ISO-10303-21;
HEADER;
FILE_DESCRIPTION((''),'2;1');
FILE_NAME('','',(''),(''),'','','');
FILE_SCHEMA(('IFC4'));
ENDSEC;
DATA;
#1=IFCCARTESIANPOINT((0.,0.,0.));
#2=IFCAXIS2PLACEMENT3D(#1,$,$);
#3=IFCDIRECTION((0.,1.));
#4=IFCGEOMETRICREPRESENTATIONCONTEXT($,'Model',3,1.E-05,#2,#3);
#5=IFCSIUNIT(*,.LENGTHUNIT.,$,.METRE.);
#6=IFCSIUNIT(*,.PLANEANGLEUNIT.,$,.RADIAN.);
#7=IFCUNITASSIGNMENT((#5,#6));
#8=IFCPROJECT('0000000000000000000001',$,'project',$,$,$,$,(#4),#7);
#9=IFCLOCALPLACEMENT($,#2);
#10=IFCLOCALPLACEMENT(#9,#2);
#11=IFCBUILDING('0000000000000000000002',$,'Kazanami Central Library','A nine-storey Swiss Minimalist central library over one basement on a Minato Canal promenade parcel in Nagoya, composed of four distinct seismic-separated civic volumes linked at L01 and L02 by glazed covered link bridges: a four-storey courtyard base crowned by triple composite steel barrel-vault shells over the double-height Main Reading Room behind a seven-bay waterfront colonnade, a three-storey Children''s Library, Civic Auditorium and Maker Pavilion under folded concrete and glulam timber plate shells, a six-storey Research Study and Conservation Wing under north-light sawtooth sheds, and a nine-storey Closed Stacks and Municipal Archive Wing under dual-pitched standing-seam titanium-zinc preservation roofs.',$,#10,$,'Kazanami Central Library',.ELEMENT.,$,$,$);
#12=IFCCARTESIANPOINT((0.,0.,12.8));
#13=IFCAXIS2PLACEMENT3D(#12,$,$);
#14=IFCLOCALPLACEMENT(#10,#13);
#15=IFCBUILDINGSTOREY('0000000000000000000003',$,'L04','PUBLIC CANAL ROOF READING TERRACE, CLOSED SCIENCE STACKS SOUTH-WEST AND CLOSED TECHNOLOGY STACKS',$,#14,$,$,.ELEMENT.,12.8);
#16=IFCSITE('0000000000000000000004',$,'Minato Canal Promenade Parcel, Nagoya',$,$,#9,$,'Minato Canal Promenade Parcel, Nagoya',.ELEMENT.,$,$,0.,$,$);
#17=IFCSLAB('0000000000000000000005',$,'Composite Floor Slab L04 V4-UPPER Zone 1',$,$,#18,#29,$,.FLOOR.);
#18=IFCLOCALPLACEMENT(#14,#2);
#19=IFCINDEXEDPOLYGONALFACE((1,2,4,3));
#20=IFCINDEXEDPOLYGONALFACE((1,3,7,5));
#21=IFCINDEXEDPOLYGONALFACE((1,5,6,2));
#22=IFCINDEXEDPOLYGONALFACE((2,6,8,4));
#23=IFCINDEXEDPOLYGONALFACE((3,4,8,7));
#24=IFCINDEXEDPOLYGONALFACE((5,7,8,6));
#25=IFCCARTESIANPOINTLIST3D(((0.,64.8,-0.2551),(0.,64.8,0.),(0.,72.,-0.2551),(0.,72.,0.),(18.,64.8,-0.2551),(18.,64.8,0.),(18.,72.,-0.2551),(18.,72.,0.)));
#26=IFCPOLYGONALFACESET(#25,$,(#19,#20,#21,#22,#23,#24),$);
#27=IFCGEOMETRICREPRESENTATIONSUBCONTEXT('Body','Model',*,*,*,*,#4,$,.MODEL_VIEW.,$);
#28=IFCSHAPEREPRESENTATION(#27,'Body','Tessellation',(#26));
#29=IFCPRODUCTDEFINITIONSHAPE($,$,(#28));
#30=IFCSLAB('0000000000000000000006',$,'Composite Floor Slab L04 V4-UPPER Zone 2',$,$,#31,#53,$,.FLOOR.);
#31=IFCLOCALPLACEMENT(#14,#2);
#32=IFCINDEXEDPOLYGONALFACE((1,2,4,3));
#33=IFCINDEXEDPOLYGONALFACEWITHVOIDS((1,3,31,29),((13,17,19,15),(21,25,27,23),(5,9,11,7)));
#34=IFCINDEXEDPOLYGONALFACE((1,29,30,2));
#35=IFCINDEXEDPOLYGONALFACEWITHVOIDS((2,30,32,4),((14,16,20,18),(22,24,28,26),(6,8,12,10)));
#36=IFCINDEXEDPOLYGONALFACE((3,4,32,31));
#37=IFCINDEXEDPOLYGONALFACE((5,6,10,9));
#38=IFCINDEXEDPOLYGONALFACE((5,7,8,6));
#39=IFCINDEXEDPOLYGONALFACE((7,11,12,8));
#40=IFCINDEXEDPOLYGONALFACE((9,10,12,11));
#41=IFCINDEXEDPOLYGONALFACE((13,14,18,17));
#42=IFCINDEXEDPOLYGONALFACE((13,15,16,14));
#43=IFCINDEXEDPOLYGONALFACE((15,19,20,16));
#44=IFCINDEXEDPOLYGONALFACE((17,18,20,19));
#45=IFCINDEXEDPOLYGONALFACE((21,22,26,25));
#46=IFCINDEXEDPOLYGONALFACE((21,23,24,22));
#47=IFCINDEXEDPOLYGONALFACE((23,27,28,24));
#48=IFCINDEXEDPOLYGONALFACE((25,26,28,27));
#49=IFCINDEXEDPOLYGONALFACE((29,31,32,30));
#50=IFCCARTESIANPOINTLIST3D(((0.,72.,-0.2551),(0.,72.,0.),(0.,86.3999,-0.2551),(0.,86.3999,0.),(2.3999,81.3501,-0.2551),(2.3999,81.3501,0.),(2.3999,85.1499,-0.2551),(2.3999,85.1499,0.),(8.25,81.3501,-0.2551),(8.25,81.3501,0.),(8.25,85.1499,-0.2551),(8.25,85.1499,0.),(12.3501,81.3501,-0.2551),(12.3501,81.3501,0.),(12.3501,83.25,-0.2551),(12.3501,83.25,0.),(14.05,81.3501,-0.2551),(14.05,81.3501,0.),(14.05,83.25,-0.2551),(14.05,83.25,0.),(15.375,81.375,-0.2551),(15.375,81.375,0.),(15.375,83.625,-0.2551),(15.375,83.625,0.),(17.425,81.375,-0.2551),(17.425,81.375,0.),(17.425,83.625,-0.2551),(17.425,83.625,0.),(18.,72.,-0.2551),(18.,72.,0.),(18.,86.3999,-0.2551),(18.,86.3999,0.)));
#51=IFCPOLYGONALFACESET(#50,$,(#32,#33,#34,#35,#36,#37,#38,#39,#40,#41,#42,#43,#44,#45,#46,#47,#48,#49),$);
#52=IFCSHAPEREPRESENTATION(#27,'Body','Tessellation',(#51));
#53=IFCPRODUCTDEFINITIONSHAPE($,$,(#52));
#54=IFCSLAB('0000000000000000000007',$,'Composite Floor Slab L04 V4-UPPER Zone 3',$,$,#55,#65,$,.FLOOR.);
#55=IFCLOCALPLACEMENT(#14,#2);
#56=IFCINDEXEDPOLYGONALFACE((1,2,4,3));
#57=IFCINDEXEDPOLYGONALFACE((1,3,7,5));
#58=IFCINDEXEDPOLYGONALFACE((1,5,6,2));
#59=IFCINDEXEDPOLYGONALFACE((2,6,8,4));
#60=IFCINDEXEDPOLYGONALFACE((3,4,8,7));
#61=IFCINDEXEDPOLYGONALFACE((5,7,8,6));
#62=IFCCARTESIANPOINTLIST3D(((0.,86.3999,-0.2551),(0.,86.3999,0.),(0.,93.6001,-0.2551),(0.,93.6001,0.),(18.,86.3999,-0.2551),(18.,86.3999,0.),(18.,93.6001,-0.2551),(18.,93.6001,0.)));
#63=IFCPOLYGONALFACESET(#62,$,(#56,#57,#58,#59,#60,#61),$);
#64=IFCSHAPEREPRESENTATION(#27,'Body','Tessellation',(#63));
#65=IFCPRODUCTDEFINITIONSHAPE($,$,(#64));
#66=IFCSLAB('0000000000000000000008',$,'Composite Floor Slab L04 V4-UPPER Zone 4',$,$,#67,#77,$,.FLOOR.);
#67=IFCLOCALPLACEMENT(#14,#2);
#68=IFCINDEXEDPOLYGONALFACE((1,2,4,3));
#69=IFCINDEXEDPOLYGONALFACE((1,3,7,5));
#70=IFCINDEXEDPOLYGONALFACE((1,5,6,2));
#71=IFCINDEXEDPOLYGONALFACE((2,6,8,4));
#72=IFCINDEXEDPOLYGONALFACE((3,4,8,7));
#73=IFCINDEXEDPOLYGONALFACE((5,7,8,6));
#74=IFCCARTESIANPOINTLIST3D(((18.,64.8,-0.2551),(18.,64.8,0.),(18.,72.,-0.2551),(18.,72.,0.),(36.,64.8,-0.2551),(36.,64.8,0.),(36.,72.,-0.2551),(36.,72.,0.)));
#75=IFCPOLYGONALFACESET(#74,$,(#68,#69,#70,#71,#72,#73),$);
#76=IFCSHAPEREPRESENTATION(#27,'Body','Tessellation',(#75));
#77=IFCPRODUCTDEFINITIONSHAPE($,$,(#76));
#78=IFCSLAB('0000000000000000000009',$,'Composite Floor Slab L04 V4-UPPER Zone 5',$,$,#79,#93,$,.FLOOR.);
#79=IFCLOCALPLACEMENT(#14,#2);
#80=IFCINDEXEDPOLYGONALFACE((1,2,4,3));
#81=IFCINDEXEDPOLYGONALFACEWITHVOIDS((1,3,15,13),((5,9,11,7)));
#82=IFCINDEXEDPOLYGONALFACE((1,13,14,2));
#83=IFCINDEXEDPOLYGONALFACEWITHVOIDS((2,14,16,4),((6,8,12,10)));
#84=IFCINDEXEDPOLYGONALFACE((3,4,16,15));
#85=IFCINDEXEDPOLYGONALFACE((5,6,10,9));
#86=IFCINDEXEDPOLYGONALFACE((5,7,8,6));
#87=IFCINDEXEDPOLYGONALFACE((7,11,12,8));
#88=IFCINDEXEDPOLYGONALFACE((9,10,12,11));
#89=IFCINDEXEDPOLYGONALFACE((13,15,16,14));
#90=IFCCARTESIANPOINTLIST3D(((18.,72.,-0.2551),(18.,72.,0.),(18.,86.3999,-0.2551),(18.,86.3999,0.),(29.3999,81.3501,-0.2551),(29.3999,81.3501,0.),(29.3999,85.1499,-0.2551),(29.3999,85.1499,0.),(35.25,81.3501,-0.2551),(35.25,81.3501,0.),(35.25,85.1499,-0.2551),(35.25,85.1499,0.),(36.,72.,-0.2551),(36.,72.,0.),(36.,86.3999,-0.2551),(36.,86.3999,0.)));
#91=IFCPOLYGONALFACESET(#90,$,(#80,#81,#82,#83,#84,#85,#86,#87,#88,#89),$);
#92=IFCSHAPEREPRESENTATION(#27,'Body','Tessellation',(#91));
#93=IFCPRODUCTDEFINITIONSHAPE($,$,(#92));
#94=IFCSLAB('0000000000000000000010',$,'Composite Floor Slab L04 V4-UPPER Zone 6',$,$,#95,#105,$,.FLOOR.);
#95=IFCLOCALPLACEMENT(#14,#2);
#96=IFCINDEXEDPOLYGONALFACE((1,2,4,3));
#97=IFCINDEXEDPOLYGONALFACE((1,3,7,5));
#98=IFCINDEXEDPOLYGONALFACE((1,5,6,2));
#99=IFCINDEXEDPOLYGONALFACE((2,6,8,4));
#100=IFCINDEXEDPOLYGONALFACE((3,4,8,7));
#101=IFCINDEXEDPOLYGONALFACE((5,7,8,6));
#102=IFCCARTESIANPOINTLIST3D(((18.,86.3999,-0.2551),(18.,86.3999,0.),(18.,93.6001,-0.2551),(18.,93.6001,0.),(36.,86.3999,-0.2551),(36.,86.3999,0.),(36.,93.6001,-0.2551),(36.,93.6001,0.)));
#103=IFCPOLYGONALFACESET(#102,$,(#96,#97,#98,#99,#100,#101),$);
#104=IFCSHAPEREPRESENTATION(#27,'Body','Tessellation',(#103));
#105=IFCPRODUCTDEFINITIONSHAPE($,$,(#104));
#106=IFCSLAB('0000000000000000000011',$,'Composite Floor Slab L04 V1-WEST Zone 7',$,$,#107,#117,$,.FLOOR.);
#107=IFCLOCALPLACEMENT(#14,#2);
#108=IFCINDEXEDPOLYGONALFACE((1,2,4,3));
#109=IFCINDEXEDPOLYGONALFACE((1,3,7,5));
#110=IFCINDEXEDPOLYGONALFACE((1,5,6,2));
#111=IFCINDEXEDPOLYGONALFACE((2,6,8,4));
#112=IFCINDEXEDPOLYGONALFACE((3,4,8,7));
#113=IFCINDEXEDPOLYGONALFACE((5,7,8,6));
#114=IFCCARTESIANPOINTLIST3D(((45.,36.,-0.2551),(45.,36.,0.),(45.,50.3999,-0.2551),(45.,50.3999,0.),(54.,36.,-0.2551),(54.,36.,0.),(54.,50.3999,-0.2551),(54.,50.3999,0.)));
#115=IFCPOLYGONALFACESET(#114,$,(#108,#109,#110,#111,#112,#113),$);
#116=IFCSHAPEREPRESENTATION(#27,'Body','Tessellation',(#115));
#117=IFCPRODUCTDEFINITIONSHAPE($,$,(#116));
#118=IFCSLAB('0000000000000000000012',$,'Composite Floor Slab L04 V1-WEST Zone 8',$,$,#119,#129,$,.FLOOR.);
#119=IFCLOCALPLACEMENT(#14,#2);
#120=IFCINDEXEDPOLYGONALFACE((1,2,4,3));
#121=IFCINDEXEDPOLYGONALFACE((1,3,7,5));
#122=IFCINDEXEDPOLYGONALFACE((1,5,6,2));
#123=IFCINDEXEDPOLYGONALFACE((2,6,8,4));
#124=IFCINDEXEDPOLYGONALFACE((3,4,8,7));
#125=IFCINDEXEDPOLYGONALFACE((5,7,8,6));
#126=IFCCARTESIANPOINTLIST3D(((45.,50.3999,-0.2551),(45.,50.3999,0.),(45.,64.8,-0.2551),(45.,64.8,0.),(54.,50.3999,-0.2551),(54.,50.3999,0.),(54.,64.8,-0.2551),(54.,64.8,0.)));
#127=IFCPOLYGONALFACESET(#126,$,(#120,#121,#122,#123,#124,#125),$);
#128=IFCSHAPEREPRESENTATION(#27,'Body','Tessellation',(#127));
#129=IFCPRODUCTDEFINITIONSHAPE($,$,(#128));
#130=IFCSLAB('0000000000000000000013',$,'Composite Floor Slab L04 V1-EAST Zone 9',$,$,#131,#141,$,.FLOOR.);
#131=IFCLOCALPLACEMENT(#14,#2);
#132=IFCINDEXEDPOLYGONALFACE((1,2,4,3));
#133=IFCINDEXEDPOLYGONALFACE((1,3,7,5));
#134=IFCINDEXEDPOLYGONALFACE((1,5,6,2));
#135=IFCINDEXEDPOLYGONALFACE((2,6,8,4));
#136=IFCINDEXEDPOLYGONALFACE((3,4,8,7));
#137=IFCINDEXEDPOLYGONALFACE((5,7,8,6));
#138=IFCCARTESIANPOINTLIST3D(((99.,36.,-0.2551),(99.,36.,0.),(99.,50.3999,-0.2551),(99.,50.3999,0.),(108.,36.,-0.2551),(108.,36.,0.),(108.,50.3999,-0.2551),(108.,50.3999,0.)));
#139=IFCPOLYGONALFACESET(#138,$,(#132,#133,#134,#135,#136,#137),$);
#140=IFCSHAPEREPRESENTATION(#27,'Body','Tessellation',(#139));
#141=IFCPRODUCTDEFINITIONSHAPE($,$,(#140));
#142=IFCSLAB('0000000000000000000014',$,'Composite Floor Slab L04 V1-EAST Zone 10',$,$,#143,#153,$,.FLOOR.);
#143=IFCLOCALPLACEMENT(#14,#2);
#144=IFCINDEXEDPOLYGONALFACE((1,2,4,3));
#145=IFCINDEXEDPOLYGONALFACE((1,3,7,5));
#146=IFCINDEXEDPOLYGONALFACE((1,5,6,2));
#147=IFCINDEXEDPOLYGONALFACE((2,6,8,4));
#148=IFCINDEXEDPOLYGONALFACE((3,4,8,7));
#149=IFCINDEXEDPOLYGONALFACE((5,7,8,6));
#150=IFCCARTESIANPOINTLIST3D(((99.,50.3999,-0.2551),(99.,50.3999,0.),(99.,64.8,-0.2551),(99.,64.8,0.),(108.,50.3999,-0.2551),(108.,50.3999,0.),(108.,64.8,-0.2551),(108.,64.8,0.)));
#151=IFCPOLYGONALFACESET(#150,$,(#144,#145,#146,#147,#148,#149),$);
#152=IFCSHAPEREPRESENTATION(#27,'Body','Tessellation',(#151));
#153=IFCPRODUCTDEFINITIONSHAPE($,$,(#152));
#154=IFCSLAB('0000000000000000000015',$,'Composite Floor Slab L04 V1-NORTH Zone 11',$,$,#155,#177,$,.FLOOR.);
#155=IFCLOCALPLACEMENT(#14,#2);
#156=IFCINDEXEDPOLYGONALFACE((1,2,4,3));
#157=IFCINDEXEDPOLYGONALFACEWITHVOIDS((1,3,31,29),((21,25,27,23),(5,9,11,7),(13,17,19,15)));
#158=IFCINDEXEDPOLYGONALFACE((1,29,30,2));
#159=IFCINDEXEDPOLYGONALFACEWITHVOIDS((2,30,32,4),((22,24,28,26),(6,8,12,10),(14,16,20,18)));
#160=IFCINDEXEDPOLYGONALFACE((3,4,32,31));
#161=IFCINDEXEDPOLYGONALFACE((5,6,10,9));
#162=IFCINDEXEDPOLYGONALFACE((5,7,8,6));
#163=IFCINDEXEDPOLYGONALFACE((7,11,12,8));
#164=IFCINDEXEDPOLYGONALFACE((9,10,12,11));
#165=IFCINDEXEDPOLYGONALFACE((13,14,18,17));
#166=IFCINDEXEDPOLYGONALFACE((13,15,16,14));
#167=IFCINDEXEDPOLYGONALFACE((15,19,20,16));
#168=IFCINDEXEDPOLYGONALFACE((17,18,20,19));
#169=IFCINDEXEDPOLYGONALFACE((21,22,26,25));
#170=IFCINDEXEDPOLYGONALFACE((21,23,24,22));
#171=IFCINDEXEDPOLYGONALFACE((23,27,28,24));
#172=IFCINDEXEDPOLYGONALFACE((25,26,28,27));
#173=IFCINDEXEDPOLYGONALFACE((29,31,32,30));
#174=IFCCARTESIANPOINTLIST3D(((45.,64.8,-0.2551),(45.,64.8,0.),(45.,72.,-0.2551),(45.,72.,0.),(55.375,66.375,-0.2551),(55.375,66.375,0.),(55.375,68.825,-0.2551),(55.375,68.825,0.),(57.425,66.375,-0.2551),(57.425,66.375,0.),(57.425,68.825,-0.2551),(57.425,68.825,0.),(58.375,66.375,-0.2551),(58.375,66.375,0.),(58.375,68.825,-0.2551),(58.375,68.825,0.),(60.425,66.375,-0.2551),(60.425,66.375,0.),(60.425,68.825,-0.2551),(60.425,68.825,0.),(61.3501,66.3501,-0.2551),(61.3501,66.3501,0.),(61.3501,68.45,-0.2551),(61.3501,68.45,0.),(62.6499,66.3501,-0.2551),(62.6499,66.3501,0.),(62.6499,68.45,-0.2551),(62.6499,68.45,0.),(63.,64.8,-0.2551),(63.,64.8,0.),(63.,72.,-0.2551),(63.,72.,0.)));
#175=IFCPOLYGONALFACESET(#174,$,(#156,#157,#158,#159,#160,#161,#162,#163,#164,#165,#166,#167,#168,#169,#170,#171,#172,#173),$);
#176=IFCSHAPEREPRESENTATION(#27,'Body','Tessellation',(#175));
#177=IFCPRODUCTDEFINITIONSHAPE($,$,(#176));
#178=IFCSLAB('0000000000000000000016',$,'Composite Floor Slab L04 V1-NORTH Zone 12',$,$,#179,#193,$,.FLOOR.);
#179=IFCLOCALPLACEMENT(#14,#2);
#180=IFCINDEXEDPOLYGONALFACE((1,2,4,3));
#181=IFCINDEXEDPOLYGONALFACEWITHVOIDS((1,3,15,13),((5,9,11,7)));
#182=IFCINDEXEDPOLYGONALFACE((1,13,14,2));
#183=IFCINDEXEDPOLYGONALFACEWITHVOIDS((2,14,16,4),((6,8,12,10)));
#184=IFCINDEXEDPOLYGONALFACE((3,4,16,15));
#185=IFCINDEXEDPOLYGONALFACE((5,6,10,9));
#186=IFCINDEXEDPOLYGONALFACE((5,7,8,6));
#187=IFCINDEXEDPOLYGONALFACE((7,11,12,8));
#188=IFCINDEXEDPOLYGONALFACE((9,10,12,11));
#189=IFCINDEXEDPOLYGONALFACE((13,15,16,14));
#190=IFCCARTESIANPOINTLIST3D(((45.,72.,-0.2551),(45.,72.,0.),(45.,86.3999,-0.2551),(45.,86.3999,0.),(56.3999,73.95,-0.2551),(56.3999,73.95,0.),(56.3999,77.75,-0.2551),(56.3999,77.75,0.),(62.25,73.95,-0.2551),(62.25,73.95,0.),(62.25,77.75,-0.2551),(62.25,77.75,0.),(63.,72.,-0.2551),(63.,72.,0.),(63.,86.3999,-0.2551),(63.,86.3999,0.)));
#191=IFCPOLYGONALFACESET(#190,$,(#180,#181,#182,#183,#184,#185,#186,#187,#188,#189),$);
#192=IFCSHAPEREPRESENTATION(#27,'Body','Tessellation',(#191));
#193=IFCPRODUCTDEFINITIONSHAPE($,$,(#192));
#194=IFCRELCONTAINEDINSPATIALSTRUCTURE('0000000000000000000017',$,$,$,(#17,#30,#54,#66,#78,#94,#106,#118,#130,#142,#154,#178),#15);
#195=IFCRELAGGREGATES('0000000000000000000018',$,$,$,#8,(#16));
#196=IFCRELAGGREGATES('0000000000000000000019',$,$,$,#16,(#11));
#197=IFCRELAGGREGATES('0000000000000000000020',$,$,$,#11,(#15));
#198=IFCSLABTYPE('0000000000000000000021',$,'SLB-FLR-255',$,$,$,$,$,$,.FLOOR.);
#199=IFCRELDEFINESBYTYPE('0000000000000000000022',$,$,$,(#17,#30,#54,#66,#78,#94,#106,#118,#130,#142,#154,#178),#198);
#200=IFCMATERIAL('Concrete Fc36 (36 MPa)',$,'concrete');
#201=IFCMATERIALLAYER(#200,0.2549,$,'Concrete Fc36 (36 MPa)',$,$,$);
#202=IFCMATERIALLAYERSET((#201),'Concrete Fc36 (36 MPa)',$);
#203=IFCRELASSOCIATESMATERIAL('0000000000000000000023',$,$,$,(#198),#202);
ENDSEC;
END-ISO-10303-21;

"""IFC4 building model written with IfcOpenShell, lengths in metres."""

from ifc_helpers import new_model, si_unit, direction, frame, origin, place, context, subcontext, project, spatial, polyline, outline, extrude, material, layer, layer_set, type_object, element, save


model = new_model("IFC4")

# Units and contexts
model_context = context("Model", 3, precision=1e-05, world=origin(), true_north=direction((0.0, 1.0)))
body_context = subcontext(model_context, "Body", "Model", "MODEL_VIEW")
ifc_project = project(units=[si_unit("LENGTHUNIT", "METRE"), si_unit("PLANEANGLEUNIT", "RADIAN")], contexts=[model_context])

# Site, building, storey
site_placement = place(None, origin())
site = spatial("IfcSite", under=ifc_project, at=site_placement, Name="Minato Canal Promenade Parcel, Nagoya", LongName="Minato Canal Promenade Parcel, Nagoya", CompositionType="ELEMENT", RefElevation=0.0)
building_placement = place(site_placement, origin())
building = spatial("IfcBuilding", under=site, at=building_placement, Name="Kazanami Central Library", Description="A nine-storey Swiss Minimalist central library over one basement on a Minato Canal promenade parcel in Nagoya, composed of four distinct seismic-separated civic volumes linked at L01 and L02 by glazed covered link bridges: a four-storey courtyard base crowned by triple composite steel barrel-vault shells over the double-height Main Reading Room behind a seven-bay waterfront colonnade, a three-storey Children's Library, Civic Auditorium and Maker Pavilion under folded concrete and glulam timber plate shells, a six-storey Research Study and Conservation Wing under north-light sawtooth sheds, and a nine-storey Closed Stacks and Municipal Archive Wing under dual-pitched standing-seam titanium-zinc preservation roofs.", LongName="Kazanami Central Library", CompositionType="ELEMENT")
storey_placement = place(building_placement, frame((0.0, 0.0, 12.8)))
storey = spatial("IfcBuildingStorey", under=building, at=storey_placement, Name="L04", Description="PUBLIC CANAL ROOF READING TERRACE, CLOSED SCIENCE STACKS SOUTH-WEST AND CLOSED TECHNOLOGY STACKS", CompositionType="ELEMENT", Elevation=12.8)

# Slabs
ifc_material = material(Name="Concrete Fc36 (36 MPa)", Category="concrete")
ifc_layer_1 = layer(ifc_material, 0.2549, Name="Concrete Fc36 (36 MPa)")
ifc_layer_set_1 = layer_set([ifc_layer_1], Name="Concrete Fc36 (36 MPa)")
slab_type_1 = type_object("IfcSlabType", Name="SLB-FLR-255", PredefinedType="FLOOR", material=ifc_layer_set_1)
slab_1_placement = place(storey_placement, frame((0.0, 0.0, -0.2551)))
element("IfcSlab", 1, at=slab_1_placement, inside=storey, type_object=slab_type_1, Name="Composite Floor Slab L04 V4-UPPER Zone 1", PredefinedType="FLOOR", context=body_context, shape_type="SweptSolid", body=[
    extrude(outline(polyline([(0.0, 64.8), (18.0, 64.8), (18.0, 72.0), (0.0, 72.0), (0.0, 64.8)])), origin(), (0.0, 0.0, 1.0), 0.2551),
])
slab_2_placement = place(storey_placement, frame((0.0, 0.0, -0.2551)))
element("IfcSlab", 2, at=slab_2_placement, inside=storey, type_object=slab_type_1, Name="Composite Floor Slab L04 V4-UPPER Zone 2", PredefinedType="FLOOR", context=body_context, shape_type="SweptSolid", body=[
    extrude(outline(polyline([(0.0, 72.0), (18.0, 72.0), (18.0, 86.3999), (0.0, 86.3999), (0.0, 72.0)]), holes=[polyline([(2.3999, 81.3501), (8.25, 81.3501), (8.25, 85.1499), (2.3999, 85.1499), (2.3999, 81.3501)]), polyline([(15.375, 81.375), (17.425, 81.375), (17.425, 83.625), (15.375, 83.625), (15.375, 81.375)]), polyline([(12.3501, 81.3501), (14.05, 81.3501), (14.05, 83.25), (12.3501, 83.25), (12.3501, 81.3501)])]), origin(), (0.0, 0.0, 1.0), 0.2551),
])
slab_3_placement = place(storey_placement, frame((0.0, 0.0, -0.2551)))
element("IfcSlab", 3, at=slab_3_placement, inside=storey, type_object=slab_type_1, Name="Composite Floor Slab L04 V4-UPPER Zone 3", PredefinedType="FLOOR", context=body_context, shape_type="SweptSolid", body=[
    extrude(outline(polyline([(0.0, 86.3999), (18.0, 86.3999), (18.0, 93.6001), (0.0, 93.6001), (0.0, 86.3999)])), origin(), (0.0, 0.0, 1.0), 0.2551),
])
slab_4_placement = place(storey_placement, frame((0.0, 0.0, -0.2551)))
element("IfcSlab", 4, at=slab_4_placement, inside=storey, type_object=slab_type_1, Name="Composite Floor Slab L04 V4-UPPER Zone 4", PredefinedType="FLOOR", context=body_context, shape_type="SweptSolid", body=[
    extrude(outline(polyline([(18.0, 64.8), (36.0, 64.8), (36.0, 72.0), (18.0, 72.0), (18.0, 64.8)])), origin(), (0.0, 0.0, 1.0), 0.2551),
])
slab_5_placement = place(storey_placement, frame((0.0, 0.0, -0.2551)))
element("IfcSlab", 5, at=slab_5_placement, inside=storey, type_object=slab_type_1, Name="Composite Floor Slab L04 V4-UPPER Zone 5", PredefinedType="FLOOR", context=body_context, shape_type="SweptSolid", body=[
    extrude(outline(polyline([(18.0, 72.0), (36.0, 72.0), (36.0, 86.3999), (18.0, 86.3999), (18.0, 72.0)]), holes=[polyline([(29.3999, 81.3501), (35.25, 81.3501), (35.25, 85.1499), (29.3999, 85.1499), (29.3999, 81.3501)])]), origin(), (0.0, 0.0, 1.0), 0.2551),
])
slab_6_placement = place(storey_placement, frame((0.0, 0.0, -0.2551)))
element("IfcSlab", 6, at=slab_6_placement, inside=storey, type_object=slab_type_1, Name="Composite Floor Slab L04 V4-UPPER Zone 6", PredefinedType="FLOOR", context=body_context, shape_type="SweptSolid", body=[
    extrude(outline(polyline([(18.0, 86.3999), (36.0, 86.3999), (36.0, 93.6001), (18.0, 93.6001), (18.0, 86.3999)])), origin(), (0.0, 0.0, 1.0), 0.2551),
])
slab_7_placement = place(storey_placement, frame((0.0, 0.0, -0.2551)))
element("IfcSlab", 7, at=slab_7_placement, inside=storey, type_object=slab_type_1, Name="Composite Floor Slab L04 V1-WEST Zone 7", PredefinedType="FLOOR", context=body_context, shape_type="SweptSolid", body=[
    extrude(outline(polyline([(45.0, 36.0), (54.0, 36.0), (54.0, 50.3999), (45.0, 50.3999), (45.0, 36.0)])), origin(), (0.0, 0.0, 1.0), 0.2551),
])
slab_8_placement = place(storey_placement, frame((0.0, 0.0, -0.2551)))
element("IfcSlab", 8, at=slab_8_placement, inside=storey, type_object=slab_type_1, Name="Composite Floor Slab L04 V1-WEST Zone 8", PredefinedType="FLOOR", context=body_context, shape_type="SweptSolid", body=[
    extrude(outline(polyline([(45.0, 50.3999), (54.0, 50.3999), (54.0, 64.8), (45.0, 64.8), (45.0, 50.3999)])), origin(), (0.0, 0.0, 1.0), 0.2551),
])
slab_9_placement = place(storey_placement, frame((0.0, 0.0, -0.2551)))
element("IfcSlab", 9, at=slab_9_placement, inside=storey, type_object=slab_type_1, Name="Composite Floor Slab L04 V1-EAST Zone 9", PredefinedType="FLOOR", context=body_context, shape_type="SweptSolid", body=[
    extrude(outline(polyline([(99.0, 36.0), (108.0, 36.0), (108.0, 50.3999), (99.0, 50.3999), (99.0, 36.0)])), origin(), (0.0, 0.0, 1.0), 0.2551),
])
slab_10_placement = place(storey_placement, frame((0.0, 0.0, -0.2551)))
element("IfcSlab", 10, at=slab_10_placement, inside=storey, type_object=slab_type_1, Name="Composite Floor Slab L04 V1-EAST Zone 10", PredefinedType="FLOOR", context=body_context, shape_type="SweptSolid", body=[
    extrude(outline(polyline([(99.0, 50.3999), (108.0, 50.3999), (108.0, 64.8), (99.0, 64.8), (99.0, 50.3999)])), origin(), (0.0, 0.0, 1.0), 0.2551),
])
slab_11_placement = place(storey_placement, frame((0.0, 0.0, -0.2551)))
element("IfcSlab", 11, at=slab_11_placement, inside=storey, type_object=slab_type_1, Name="Composite Floor Slab L04 V1-NORTH Zone 11", PredefinedType="FLOOR", context=body_context, shape_type="SweptSolid", body=[
    extrude(outline(polyline([(45.0, 64.8), (63.0, 64.8), (63.0, 72.0), (45.0, 72.0), (45.0, 64.8)]), holes=[polyline([(55.375, 66.375), (57.425, 66.375), (57.425, 68.825), (55.375, 68.825), (55.375, 66.375)]), polyline([(58.375, 66.375), (60.425, 66.375), (60.425, 68.825), (58.375, 68.825), (58.375, 66.375)]), polyline([(61.3501, 66.3501), (62.6499, 66.3501), (62.6499, 68.45), (61.3501, 68.45), (61.3501, 66.3501)])]), origin(), (0.0, 0.0, 1.0), 0.2551),
])
slab_12_placement = place(storey_placement, frame((0.0, 0.0, -0.2551)))
element("IfcSlab", 12, at=slab_12_placement, inside=storey, type_object=slab_type_1, Name="Composite Floor Slab L04 V1-NORTH Zone 12", PredefinedType="FLOOR", context=body_context, shape_type="SweptSolid", body=[
    extrude(outline(polyline([(45.0, 72.0), (63.0, 72.0), (63.0, 86.3999), (45.0, 86.3999), (45.0, 72.0)]), holes=[polyline([(56.3999, 73.95), (62.25, 73.95), (62.25, 77.75), (56.3999, 77.75), (56.3999, 73.95)])]), origin(), (0.0, 0.0, 1.0), 0.2551),
])

save(model, "model.ifc")
